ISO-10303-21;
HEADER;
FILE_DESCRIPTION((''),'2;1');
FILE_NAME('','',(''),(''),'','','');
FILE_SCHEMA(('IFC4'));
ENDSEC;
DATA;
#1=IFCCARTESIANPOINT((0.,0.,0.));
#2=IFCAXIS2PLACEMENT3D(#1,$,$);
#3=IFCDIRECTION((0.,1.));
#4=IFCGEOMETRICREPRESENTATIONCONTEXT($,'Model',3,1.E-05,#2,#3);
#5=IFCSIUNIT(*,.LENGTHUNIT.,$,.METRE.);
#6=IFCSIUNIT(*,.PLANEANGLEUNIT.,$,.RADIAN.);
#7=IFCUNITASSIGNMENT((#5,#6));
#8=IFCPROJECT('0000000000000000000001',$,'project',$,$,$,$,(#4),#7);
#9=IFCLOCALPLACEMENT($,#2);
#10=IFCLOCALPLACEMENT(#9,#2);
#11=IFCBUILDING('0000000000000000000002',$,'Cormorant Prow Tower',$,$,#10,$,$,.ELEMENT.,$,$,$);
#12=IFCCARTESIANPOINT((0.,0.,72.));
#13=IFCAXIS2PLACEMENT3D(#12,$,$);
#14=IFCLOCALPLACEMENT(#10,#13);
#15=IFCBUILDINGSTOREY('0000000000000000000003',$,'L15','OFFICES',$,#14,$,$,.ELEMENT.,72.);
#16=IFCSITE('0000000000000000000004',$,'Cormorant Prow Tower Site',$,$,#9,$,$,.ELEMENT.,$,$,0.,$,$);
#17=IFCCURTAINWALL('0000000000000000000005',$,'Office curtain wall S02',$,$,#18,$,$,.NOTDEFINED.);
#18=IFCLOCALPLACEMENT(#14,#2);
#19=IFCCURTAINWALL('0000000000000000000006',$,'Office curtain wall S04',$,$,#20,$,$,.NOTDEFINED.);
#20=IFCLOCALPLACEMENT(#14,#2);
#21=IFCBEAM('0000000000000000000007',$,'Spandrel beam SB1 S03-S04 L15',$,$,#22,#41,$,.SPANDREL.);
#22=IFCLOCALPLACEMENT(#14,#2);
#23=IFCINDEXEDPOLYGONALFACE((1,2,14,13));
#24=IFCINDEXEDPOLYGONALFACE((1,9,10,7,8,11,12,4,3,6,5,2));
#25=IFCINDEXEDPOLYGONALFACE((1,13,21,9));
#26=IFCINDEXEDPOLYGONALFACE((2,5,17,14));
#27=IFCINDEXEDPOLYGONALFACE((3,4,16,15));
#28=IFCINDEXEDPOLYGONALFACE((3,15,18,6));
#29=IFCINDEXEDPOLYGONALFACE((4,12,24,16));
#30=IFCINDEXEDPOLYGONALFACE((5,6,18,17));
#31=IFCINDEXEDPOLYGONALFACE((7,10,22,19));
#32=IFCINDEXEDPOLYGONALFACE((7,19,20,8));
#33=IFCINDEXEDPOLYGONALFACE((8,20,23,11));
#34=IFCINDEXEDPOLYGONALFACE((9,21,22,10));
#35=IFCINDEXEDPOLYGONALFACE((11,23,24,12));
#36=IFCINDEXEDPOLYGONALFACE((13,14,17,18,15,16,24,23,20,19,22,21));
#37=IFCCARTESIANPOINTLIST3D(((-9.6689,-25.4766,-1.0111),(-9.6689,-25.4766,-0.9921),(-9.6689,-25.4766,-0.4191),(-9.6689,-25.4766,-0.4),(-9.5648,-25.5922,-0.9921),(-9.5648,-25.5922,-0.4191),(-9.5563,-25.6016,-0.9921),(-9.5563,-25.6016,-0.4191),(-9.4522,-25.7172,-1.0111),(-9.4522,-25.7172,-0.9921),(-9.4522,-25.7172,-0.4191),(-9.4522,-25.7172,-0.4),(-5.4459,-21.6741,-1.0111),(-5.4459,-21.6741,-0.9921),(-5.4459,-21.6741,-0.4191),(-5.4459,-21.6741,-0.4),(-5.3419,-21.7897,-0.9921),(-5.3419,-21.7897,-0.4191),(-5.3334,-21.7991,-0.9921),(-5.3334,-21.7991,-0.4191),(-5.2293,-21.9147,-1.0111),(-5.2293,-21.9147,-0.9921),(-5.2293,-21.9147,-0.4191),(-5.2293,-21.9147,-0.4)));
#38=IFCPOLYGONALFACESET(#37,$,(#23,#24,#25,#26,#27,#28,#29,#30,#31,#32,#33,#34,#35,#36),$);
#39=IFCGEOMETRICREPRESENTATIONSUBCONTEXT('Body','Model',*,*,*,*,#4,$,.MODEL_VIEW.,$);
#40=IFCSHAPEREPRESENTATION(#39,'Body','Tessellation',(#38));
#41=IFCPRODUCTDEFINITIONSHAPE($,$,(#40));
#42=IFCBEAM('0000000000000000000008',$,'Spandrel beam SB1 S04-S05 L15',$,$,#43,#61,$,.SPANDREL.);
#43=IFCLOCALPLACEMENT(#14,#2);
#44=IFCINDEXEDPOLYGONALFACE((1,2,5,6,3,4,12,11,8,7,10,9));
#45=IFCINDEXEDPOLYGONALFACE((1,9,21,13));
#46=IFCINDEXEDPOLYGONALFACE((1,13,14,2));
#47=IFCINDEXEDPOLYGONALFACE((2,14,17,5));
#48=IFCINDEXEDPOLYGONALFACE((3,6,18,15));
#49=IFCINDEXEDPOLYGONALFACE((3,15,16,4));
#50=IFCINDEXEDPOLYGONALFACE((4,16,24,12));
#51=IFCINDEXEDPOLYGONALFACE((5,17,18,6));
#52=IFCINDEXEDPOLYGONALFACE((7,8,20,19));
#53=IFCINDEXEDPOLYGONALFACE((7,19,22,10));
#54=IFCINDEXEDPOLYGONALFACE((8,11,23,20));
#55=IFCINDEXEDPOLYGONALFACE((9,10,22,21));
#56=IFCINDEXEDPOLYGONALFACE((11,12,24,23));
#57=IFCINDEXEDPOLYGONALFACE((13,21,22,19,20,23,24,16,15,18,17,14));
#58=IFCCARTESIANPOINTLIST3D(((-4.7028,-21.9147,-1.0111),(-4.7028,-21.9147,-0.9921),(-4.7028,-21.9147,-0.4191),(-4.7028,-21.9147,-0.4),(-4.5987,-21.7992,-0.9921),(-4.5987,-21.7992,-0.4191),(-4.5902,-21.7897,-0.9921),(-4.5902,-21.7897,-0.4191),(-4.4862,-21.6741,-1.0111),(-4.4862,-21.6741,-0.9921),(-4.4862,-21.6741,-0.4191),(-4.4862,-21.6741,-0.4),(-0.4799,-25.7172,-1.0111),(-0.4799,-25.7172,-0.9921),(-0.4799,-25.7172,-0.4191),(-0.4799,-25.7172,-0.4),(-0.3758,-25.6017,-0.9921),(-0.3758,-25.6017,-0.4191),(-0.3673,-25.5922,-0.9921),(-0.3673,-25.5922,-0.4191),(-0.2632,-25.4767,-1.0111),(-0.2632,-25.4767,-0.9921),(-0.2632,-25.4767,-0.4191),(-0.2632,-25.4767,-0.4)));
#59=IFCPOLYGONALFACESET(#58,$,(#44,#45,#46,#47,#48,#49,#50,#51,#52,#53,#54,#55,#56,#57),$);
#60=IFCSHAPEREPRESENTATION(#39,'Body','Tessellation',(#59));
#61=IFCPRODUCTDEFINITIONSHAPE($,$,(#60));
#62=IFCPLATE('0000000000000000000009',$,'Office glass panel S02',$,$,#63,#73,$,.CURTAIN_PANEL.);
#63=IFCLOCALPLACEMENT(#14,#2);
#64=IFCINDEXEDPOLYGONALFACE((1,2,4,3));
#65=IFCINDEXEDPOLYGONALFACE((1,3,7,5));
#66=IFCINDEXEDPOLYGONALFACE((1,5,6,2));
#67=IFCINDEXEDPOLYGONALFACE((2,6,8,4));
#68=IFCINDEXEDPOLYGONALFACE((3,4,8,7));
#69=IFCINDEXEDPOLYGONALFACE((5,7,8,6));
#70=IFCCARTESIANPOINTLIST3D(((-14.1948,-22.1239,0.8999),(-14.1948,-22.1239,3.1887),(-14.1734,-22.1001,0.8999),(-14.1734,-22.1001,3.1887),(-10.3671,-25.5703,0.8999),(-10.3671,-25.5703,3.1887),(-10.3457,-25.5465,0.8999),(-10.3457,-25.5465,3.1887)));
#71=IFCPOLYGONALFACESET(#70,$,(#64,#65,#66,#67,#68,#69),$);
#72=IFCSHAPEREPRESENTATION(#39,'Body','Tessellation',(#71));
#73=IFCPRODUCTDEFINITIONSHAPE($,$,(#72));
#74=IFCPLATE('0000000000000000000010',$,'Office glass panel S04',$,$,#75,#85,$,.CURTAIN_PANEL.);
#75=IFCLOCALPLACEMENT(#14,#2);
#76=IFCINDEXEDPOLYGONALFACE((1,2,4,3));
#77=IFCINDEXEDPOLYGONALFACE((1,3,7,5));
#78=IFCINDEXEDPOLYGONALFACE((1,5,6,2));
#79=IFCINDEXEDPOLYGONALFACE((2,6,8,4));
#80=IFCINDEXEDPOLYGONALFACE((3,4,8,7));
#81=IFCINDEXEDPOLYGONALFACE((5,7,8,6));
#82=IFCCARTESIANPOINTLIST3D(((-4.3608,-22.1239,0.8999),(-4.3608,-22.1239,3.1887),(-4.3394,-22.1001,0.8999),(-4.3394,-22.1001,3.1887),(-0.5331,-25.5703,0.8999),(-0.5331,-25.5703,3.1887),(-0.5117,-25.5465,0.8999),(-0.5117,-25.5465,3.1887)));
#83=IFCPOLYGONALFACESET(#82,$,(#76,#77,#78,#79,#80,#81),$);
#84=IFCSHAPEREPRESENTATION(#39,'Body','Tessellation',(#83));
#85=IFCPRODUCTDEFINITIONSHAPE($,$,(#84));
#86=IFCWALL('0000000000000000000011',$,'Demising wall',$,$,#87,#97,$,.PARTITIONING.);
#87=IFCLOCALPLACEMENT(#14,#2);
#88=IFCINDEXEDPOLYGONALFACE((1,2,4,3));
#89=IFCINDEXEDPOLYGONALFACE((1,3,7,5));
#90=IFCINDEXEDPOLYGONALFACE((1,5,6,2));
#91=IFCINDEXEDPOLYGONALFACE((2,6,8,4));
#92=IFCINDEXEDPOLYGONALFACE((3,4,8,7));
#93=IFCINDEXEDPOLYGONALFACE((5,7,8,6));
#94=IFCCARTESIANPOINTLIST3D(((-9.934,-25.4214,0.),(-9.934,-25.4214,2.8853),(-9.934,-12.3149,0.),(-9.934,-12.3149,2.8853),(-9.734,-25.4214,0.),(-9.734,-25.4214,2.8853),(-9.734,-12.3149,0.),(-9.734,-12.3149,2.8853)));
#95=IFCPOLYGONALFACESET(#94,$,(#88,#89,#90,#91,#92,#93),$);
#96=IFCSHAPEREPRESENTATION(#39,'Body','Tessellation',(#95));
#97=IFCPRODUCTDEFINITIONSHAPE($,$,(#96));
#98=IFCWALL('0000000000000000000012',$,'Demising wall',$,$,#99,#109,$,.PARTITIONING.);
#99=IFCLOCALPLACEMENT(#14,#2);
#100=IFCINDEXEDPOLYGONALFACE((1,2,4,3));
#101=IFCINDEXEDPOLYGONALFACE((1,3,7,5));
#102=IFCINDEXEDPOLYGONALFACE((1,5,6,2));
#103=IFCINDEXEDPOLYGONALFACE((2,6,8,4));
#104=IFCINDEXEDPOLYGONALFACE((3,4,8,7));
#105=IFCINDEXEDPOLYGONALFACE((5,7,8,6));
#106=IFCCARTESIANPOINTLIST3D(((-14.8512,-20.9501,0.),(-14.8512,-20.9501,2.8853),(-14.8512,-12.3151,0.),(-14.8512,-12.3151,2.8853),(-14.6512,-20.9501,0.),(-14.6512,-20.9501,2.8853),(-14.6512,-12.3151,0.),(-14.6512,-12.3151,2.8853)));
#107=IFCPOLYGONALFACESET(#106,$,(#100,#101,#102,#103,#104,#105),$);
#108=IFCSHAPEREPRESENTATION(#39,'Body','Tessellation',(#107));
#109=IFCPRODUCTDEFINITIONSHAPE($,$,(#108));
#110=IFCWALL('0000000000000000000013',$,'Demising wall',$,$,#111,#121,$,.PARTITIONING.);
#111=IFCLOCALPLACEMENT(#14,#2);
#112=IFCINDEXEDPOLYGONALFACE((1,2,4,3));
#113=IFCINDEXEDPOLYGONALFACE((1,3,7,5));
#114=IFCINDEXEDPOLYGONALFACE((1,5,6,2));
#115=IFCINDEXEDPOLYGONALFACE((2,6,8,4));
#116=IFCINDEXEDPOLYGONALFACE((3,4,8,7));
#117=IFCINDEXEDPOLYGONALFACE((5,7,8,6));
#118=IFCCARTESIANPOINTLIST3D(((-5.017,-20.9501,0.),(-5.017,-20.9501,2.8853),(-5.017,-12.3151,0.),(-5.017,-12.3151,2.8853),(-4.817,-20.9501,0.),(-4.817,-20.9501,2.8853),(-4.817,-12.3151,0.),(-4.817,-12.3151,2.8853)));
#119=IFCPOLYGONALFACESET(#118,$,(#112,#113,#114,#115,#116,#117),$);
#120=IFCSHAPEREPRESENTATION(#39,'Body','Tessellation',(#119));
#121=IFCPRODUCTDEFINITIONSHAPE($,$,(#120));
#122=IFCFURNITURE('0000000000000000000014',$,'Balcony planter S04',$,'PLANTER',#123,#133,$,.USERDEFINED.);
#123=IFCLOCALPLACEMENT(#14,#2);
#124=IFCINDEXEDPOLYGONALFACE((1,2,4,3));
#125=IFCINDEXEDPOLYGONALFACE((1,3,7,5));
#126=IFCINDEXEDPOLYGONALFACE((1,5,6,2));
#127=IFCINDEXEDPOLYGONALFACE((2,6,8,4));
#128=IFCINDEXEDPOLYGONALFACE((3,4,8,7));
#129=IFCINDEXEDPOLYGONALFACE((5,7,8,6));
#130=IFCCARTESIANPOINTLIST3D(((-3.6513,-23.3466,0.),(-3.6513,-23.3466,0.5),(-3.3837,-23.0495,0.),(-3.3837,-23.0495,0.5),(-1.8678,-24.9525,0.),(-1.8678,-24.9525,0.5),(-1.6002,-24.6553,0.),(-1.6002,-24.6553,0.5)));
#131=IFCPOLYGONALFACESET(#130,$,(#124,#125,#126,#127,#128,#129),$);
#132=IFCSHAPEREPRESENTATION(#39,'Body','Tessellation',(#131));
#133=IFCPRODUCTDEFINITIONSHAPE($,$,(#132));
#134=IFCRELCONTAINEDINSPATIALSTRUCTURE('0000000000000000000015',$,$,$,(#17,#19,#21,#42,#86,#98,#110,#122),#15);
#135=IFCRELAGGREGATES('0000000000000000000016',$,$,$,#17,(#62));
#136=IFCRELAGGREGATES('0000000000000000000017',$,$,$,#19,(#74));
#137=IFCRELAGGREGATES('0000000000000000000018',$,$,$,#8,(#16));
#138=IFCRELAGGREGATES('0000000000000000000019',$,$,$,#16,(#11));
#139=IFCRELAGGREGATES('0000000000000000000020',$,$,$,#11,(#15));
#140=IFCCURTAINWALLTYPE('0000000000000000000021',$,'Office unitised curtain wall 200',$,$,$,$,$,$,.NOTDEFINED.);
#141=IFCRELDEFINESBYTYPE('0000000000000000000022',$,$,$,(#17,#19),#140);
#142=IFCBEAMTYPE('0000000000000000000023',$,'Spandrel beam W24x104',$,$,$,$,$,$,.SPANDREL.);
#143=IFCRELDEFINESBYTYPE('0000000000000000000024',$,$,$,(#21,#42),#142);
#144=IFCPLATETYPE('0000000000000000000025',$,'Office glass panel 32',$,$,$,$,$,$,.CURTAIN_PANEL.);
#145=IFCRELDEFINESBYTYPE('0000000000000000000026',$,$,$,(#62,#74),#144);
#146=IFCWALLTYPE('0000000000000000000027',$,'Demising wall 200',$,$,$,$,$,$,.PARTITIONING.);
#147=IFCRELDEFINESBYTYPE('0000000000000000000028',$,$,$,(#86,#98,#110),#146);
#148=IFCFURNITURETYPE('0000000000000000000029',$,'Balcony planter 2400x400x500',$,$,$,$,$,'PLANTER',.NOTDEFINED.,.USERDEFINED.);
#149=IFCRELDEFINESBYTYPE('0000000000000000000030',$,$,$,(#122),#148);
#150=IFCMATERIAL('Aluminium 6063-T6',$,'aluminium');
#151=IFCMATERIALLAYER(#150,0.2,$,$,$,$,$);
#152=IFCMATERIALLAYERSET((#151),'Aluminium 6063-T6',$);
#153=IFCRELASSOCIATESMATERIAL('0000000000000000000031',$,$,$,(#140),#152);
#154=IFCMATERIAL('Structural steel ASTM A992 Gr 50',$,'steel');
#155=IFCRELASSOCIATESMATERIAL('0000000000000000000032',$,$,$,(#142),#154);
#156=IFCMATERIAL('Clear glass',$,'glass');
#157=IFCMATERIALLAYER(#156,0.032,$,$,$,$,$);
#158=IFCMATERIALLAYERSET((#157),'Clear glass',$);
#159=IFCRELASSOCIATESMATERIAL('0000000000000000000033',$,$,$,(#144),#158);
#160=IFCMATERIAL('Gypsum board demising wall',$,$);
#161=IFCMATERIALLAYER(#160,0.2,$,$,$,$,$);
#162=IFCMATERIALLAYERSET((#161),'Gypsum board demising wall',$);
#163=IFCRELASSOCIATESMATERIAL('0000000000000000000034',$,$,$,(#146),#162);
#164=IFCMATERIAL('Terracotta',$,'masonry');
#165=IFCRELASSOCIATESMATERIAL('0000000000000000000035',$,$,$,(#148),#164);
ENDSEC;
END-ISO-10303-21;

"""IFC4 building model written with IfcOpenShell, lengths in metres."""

from ifc_helpers import new_model, si_unit, direction, frame, frame_2d, origin, origin_2d, place, context, subcontext, project, spatial, rectangle, i_section, extrude, material, layer, layer_set, material_profile, profile_set, type_object, element, aggregate, save


model = new_model("IFC4")

# Units and contexts
model_context = context("Model", 3, precision=1e-05, world=origin(), true_north=direction((0.0, 1.0)))
body_context = subcontext(model_context, "Body", "Model", "MODEL_VIEW")
ifc_project = project(units=[si_unit("LENGTHUNIT", "METRE"), si_unit("PLANEANGLEUNIT", "RADIAN")], contexts=[model_context])

# Site, building, storey
site_placement = place(None, origin())
site = spatial("IfcSite", under=ifc_project, at=site_placement, Name="Cormorant Prow Tower Site", CompositionType="ELEMENT", RefElevation=0.0)
building_placement = place(site_placement, origin())
building = spatial("IfcBuilding", under=site, at=building_placement, Name="Cormorant Prow Tower", CompositionType="ELEMENT")
storey_placement = place(building_placement, frame((0.0, 0.0, 72.0)))
storey = spatial("IfcBuildingStorey", under=building, at=storey_placement, Name="L15", Description="OFFICES", CompositionType="ELEMENT", Elevation=72.0)

# Curtain walls
ifc_material_1 = material(Name="Aluminium 6063-T6", Category="aluminium")
ifc_layer_1 = layer(ifc_material_1, 0.2)
ifc_layer_set_1 = layer_set([ifc_layer_1], Name="Aluminium 6063-T6")
curtain_wall_type = type_object("IfcCurtainWallType", Name="Office unitised curtain wall 200", PredefinedType="NOTDEFINED", material=ifc_layer_set_1)
curtain_wall_1_placement = place(storey_placement, origin())
curtain_wall_1 = element("IfcCurtainWall", 1, at=curtain_wall_1_placement, inside=storey, type_object=curtain_wall_type, Name="Office curtain wall S02", PredefinedType="NOTDEFINED")
curtain_wall_2_placement = place(storey_placement, origin())
curtain_wall_2 = element("IfcCurtainWall", 2, at=curtain_wall_2_placement, inside=storey, type_object=curtain_wall_type, Name="Office curtain wall S04", PredefinedType="NOTDEFINED")

# Beams
ifc_material_2 = material(Name="Structural steel ASTM A992 Gr 50", Category="steel")
ifc_material_profile_1 = material_profile(ifc_material_2, i_section(OverallWidth=0.3237, OverallDepth=0.6111, WebThickness=0.0127, FlangeThickness=0.019, at=origin_2d()), Name="W24x104")
ifc_profile_set_1 = profile_set([ifc_material_profile_1], Name="Structural steel ASTM A992 Gr 50")
beam_type_1 = type_object("IfcBeamType", Name="Spandrel beam W24x104", PredefinedType="SPANDREL", material=ifc_profile_set_1)
for number, where, z_axis, x_axis, name in (
    (3, (-9.5605, -25.5969, -0.7056), (0.74313, 0.669147, 0.0), (-0.669147, 0.74313, 0.0), "Spandrel beam SB1 S03-S04 L15"),
    (4, (-4.5945, -21.7944, -0.7056), (0.74313, -0.669147, 0.0), (0.669147, 0.74313, 0.0), "Spandrel beam SB1 S04-S05 L15"),
):
    element("IfcBeam", number, at=place(storey_placement, frame(where, z_axis=z_axis, x_axis=x_axis)), inside=storey, type_object=beam_type_1, Name=name, PredefinedType="SPANDREL", context=body_context, shape_type="SweptSolid", body=[
        extrude(i_section(OverallWidth=0.3237, OverallDepth=0.6111, WebThickness=0.0127, FlangeThickness=0.019, at=origin_2d()), origin(), (0.0, 0.0, 1.0), 5.6826),
    ])

# Plates
ifc_material_3 = material(Name="Clear glass", Category="glass")
ifc_layer_2 = layer(ifc_material_3, 0.032)
ifc_layer_set_2 = layer_set([ifc_layer_2], Name="Clear glass")
plate_type = type_object("IfcPlateType", Name="Office glass panel 32", PredefinedType="CURTAIN_PANEL", material=ifc_layer_set_2)
plate_1_placement = place(storey_placement, frame((-12.2703, -23.8352, 0.8999), z_axis=(0.0, 0.0, 1.0), x_axis=(0.743145, -0.669131, 0.0)))
plate_1 = element("IfcPlate", 5, at=plate_1_placement, type_object=plate_type, Name="Office glass panel S02", PredefinedType="CURTAIN_PANEL", context=body_context, shape_type="SweptSolid", body=[
    extrude(rectangle(XDim=5.1506, YDim=0.032, at=origin_2d()), origin(), (0.0, 0.0, 1.0), 2.2888),
])
aggregate(curtain_wall_1, [plate_1])
plate_2_placement = place(storey_placement, frame((-2.4363, -23.8352, 0.8999), z_axis=(0.0, 0.0, 1.0), x_axis=(0.743145, -0.669131, 0.0)))
plate_2 = element("IfcPlate", 6, at=plate_2_placement, type_object=plate_type, Name="Office glass panel S04", PredefinedType="CURTAIN_PANEL", context=body_context, shape_type="SweptSolid", body=[
    extrude(rectangle(XDim=5.1506, YDim=0.032, at=origin_2d()), origin(), (0.0, 0.0, 1.0), 2.2888),
])
aggregate(curtain_wall_2, [plate_2])

# Walls
ifc_material_4 = material(Name="Gypsum board demising wall")
ifc_layer_3 = layer(ifc_material_4, 0.2)
ifc_layer_set_3 = layer_set([ifc_layer_3], Name="Gypsum board demising wall")
wall_type_1 = type_object("IfcWallType", Name="Demising wall 200", PredefinedType="PARTITIONING", material=ifc_layer_set_3)
wall_1_placement = place(storey_placement, frame((-9.834, -25.4214, 0.0), z_axis=(0.0, 0.0, 1.0), x_axis=(0.0, 1.0, 0.0)))
element("IfcWall", 7, at=wall_1_placement, inside=storey, type_object=wall_type_1, Name="Demising wall", PredefinedType="PARTITIONING", context=body_context, shape_type="SweptSolid", body=[
    extrude(rectangle(XDim=13.1064, YDim=0.2, at=frame_2d((6.5532, 0.0))), origin(), (0.0, 0.0, 1.0), 2.8853),
])
for number, where, z_axis, x_axis, name in (
    (8, (-14.7512, -20.95, 0.0), (0.0, 0.0, 1.0), (0.0, 1.0, 0.0), "Demising wall"),
    (9, (-4.917, -20.95, 0.0), (0.0, 0.0, 1.0), (0.0, 1.0, 0.0), "Demising wall"),
):
    element("IfcWall", number, at=place(storey_placement, frame(where, z_axis=z_axis, x_axis=x_axis)), inside=storey, type_object=wall_type_1, Name=name, PredefinedType="PARTITIONING", context=body_context, shape_type="SweptSolid", body=[
        extrude(rectangle(XDim=8.635, YDim=0.2, at=frame_2d((4.3174, 0.0))), origin(), (0.0, 0.0, 1.0), 2.8853),
    ])

# Furniture
ifc_material_5 = material(Name="Terracotta", Category="masonry")
furniture_type = type_object("IfcFurnitureType", Name="Balcony planter 2400x400x500", ElementType="PLANTER", AssemblyPlace="NOTDEFINED", PredefinedType="USERDEFINED", material=ifc_material_5)
furniture_placement = place(storey_placement, frame((-2.6257, -24.001, 0.0), z_axis=(0.0, 0.0, 1.0), x_axis=(0.743145, -0.669131, 0.0)))
element("IfcFurniture", 10, at=furniture_placement, inside=storey, type_object=furniture_type, Name="Balcony planter S04", ObjectType="PLANTER", PredefinedType="USERDEFINED", context=body_context, shape_type="SweptSolid", body=[
    extrude(rectangle(XDim=2.3999, YDim=0.3999, at=origin_2d()), origin(), (0.0, 0.0, 1.0), 0.5),
])

save(model, "model.ifc")
